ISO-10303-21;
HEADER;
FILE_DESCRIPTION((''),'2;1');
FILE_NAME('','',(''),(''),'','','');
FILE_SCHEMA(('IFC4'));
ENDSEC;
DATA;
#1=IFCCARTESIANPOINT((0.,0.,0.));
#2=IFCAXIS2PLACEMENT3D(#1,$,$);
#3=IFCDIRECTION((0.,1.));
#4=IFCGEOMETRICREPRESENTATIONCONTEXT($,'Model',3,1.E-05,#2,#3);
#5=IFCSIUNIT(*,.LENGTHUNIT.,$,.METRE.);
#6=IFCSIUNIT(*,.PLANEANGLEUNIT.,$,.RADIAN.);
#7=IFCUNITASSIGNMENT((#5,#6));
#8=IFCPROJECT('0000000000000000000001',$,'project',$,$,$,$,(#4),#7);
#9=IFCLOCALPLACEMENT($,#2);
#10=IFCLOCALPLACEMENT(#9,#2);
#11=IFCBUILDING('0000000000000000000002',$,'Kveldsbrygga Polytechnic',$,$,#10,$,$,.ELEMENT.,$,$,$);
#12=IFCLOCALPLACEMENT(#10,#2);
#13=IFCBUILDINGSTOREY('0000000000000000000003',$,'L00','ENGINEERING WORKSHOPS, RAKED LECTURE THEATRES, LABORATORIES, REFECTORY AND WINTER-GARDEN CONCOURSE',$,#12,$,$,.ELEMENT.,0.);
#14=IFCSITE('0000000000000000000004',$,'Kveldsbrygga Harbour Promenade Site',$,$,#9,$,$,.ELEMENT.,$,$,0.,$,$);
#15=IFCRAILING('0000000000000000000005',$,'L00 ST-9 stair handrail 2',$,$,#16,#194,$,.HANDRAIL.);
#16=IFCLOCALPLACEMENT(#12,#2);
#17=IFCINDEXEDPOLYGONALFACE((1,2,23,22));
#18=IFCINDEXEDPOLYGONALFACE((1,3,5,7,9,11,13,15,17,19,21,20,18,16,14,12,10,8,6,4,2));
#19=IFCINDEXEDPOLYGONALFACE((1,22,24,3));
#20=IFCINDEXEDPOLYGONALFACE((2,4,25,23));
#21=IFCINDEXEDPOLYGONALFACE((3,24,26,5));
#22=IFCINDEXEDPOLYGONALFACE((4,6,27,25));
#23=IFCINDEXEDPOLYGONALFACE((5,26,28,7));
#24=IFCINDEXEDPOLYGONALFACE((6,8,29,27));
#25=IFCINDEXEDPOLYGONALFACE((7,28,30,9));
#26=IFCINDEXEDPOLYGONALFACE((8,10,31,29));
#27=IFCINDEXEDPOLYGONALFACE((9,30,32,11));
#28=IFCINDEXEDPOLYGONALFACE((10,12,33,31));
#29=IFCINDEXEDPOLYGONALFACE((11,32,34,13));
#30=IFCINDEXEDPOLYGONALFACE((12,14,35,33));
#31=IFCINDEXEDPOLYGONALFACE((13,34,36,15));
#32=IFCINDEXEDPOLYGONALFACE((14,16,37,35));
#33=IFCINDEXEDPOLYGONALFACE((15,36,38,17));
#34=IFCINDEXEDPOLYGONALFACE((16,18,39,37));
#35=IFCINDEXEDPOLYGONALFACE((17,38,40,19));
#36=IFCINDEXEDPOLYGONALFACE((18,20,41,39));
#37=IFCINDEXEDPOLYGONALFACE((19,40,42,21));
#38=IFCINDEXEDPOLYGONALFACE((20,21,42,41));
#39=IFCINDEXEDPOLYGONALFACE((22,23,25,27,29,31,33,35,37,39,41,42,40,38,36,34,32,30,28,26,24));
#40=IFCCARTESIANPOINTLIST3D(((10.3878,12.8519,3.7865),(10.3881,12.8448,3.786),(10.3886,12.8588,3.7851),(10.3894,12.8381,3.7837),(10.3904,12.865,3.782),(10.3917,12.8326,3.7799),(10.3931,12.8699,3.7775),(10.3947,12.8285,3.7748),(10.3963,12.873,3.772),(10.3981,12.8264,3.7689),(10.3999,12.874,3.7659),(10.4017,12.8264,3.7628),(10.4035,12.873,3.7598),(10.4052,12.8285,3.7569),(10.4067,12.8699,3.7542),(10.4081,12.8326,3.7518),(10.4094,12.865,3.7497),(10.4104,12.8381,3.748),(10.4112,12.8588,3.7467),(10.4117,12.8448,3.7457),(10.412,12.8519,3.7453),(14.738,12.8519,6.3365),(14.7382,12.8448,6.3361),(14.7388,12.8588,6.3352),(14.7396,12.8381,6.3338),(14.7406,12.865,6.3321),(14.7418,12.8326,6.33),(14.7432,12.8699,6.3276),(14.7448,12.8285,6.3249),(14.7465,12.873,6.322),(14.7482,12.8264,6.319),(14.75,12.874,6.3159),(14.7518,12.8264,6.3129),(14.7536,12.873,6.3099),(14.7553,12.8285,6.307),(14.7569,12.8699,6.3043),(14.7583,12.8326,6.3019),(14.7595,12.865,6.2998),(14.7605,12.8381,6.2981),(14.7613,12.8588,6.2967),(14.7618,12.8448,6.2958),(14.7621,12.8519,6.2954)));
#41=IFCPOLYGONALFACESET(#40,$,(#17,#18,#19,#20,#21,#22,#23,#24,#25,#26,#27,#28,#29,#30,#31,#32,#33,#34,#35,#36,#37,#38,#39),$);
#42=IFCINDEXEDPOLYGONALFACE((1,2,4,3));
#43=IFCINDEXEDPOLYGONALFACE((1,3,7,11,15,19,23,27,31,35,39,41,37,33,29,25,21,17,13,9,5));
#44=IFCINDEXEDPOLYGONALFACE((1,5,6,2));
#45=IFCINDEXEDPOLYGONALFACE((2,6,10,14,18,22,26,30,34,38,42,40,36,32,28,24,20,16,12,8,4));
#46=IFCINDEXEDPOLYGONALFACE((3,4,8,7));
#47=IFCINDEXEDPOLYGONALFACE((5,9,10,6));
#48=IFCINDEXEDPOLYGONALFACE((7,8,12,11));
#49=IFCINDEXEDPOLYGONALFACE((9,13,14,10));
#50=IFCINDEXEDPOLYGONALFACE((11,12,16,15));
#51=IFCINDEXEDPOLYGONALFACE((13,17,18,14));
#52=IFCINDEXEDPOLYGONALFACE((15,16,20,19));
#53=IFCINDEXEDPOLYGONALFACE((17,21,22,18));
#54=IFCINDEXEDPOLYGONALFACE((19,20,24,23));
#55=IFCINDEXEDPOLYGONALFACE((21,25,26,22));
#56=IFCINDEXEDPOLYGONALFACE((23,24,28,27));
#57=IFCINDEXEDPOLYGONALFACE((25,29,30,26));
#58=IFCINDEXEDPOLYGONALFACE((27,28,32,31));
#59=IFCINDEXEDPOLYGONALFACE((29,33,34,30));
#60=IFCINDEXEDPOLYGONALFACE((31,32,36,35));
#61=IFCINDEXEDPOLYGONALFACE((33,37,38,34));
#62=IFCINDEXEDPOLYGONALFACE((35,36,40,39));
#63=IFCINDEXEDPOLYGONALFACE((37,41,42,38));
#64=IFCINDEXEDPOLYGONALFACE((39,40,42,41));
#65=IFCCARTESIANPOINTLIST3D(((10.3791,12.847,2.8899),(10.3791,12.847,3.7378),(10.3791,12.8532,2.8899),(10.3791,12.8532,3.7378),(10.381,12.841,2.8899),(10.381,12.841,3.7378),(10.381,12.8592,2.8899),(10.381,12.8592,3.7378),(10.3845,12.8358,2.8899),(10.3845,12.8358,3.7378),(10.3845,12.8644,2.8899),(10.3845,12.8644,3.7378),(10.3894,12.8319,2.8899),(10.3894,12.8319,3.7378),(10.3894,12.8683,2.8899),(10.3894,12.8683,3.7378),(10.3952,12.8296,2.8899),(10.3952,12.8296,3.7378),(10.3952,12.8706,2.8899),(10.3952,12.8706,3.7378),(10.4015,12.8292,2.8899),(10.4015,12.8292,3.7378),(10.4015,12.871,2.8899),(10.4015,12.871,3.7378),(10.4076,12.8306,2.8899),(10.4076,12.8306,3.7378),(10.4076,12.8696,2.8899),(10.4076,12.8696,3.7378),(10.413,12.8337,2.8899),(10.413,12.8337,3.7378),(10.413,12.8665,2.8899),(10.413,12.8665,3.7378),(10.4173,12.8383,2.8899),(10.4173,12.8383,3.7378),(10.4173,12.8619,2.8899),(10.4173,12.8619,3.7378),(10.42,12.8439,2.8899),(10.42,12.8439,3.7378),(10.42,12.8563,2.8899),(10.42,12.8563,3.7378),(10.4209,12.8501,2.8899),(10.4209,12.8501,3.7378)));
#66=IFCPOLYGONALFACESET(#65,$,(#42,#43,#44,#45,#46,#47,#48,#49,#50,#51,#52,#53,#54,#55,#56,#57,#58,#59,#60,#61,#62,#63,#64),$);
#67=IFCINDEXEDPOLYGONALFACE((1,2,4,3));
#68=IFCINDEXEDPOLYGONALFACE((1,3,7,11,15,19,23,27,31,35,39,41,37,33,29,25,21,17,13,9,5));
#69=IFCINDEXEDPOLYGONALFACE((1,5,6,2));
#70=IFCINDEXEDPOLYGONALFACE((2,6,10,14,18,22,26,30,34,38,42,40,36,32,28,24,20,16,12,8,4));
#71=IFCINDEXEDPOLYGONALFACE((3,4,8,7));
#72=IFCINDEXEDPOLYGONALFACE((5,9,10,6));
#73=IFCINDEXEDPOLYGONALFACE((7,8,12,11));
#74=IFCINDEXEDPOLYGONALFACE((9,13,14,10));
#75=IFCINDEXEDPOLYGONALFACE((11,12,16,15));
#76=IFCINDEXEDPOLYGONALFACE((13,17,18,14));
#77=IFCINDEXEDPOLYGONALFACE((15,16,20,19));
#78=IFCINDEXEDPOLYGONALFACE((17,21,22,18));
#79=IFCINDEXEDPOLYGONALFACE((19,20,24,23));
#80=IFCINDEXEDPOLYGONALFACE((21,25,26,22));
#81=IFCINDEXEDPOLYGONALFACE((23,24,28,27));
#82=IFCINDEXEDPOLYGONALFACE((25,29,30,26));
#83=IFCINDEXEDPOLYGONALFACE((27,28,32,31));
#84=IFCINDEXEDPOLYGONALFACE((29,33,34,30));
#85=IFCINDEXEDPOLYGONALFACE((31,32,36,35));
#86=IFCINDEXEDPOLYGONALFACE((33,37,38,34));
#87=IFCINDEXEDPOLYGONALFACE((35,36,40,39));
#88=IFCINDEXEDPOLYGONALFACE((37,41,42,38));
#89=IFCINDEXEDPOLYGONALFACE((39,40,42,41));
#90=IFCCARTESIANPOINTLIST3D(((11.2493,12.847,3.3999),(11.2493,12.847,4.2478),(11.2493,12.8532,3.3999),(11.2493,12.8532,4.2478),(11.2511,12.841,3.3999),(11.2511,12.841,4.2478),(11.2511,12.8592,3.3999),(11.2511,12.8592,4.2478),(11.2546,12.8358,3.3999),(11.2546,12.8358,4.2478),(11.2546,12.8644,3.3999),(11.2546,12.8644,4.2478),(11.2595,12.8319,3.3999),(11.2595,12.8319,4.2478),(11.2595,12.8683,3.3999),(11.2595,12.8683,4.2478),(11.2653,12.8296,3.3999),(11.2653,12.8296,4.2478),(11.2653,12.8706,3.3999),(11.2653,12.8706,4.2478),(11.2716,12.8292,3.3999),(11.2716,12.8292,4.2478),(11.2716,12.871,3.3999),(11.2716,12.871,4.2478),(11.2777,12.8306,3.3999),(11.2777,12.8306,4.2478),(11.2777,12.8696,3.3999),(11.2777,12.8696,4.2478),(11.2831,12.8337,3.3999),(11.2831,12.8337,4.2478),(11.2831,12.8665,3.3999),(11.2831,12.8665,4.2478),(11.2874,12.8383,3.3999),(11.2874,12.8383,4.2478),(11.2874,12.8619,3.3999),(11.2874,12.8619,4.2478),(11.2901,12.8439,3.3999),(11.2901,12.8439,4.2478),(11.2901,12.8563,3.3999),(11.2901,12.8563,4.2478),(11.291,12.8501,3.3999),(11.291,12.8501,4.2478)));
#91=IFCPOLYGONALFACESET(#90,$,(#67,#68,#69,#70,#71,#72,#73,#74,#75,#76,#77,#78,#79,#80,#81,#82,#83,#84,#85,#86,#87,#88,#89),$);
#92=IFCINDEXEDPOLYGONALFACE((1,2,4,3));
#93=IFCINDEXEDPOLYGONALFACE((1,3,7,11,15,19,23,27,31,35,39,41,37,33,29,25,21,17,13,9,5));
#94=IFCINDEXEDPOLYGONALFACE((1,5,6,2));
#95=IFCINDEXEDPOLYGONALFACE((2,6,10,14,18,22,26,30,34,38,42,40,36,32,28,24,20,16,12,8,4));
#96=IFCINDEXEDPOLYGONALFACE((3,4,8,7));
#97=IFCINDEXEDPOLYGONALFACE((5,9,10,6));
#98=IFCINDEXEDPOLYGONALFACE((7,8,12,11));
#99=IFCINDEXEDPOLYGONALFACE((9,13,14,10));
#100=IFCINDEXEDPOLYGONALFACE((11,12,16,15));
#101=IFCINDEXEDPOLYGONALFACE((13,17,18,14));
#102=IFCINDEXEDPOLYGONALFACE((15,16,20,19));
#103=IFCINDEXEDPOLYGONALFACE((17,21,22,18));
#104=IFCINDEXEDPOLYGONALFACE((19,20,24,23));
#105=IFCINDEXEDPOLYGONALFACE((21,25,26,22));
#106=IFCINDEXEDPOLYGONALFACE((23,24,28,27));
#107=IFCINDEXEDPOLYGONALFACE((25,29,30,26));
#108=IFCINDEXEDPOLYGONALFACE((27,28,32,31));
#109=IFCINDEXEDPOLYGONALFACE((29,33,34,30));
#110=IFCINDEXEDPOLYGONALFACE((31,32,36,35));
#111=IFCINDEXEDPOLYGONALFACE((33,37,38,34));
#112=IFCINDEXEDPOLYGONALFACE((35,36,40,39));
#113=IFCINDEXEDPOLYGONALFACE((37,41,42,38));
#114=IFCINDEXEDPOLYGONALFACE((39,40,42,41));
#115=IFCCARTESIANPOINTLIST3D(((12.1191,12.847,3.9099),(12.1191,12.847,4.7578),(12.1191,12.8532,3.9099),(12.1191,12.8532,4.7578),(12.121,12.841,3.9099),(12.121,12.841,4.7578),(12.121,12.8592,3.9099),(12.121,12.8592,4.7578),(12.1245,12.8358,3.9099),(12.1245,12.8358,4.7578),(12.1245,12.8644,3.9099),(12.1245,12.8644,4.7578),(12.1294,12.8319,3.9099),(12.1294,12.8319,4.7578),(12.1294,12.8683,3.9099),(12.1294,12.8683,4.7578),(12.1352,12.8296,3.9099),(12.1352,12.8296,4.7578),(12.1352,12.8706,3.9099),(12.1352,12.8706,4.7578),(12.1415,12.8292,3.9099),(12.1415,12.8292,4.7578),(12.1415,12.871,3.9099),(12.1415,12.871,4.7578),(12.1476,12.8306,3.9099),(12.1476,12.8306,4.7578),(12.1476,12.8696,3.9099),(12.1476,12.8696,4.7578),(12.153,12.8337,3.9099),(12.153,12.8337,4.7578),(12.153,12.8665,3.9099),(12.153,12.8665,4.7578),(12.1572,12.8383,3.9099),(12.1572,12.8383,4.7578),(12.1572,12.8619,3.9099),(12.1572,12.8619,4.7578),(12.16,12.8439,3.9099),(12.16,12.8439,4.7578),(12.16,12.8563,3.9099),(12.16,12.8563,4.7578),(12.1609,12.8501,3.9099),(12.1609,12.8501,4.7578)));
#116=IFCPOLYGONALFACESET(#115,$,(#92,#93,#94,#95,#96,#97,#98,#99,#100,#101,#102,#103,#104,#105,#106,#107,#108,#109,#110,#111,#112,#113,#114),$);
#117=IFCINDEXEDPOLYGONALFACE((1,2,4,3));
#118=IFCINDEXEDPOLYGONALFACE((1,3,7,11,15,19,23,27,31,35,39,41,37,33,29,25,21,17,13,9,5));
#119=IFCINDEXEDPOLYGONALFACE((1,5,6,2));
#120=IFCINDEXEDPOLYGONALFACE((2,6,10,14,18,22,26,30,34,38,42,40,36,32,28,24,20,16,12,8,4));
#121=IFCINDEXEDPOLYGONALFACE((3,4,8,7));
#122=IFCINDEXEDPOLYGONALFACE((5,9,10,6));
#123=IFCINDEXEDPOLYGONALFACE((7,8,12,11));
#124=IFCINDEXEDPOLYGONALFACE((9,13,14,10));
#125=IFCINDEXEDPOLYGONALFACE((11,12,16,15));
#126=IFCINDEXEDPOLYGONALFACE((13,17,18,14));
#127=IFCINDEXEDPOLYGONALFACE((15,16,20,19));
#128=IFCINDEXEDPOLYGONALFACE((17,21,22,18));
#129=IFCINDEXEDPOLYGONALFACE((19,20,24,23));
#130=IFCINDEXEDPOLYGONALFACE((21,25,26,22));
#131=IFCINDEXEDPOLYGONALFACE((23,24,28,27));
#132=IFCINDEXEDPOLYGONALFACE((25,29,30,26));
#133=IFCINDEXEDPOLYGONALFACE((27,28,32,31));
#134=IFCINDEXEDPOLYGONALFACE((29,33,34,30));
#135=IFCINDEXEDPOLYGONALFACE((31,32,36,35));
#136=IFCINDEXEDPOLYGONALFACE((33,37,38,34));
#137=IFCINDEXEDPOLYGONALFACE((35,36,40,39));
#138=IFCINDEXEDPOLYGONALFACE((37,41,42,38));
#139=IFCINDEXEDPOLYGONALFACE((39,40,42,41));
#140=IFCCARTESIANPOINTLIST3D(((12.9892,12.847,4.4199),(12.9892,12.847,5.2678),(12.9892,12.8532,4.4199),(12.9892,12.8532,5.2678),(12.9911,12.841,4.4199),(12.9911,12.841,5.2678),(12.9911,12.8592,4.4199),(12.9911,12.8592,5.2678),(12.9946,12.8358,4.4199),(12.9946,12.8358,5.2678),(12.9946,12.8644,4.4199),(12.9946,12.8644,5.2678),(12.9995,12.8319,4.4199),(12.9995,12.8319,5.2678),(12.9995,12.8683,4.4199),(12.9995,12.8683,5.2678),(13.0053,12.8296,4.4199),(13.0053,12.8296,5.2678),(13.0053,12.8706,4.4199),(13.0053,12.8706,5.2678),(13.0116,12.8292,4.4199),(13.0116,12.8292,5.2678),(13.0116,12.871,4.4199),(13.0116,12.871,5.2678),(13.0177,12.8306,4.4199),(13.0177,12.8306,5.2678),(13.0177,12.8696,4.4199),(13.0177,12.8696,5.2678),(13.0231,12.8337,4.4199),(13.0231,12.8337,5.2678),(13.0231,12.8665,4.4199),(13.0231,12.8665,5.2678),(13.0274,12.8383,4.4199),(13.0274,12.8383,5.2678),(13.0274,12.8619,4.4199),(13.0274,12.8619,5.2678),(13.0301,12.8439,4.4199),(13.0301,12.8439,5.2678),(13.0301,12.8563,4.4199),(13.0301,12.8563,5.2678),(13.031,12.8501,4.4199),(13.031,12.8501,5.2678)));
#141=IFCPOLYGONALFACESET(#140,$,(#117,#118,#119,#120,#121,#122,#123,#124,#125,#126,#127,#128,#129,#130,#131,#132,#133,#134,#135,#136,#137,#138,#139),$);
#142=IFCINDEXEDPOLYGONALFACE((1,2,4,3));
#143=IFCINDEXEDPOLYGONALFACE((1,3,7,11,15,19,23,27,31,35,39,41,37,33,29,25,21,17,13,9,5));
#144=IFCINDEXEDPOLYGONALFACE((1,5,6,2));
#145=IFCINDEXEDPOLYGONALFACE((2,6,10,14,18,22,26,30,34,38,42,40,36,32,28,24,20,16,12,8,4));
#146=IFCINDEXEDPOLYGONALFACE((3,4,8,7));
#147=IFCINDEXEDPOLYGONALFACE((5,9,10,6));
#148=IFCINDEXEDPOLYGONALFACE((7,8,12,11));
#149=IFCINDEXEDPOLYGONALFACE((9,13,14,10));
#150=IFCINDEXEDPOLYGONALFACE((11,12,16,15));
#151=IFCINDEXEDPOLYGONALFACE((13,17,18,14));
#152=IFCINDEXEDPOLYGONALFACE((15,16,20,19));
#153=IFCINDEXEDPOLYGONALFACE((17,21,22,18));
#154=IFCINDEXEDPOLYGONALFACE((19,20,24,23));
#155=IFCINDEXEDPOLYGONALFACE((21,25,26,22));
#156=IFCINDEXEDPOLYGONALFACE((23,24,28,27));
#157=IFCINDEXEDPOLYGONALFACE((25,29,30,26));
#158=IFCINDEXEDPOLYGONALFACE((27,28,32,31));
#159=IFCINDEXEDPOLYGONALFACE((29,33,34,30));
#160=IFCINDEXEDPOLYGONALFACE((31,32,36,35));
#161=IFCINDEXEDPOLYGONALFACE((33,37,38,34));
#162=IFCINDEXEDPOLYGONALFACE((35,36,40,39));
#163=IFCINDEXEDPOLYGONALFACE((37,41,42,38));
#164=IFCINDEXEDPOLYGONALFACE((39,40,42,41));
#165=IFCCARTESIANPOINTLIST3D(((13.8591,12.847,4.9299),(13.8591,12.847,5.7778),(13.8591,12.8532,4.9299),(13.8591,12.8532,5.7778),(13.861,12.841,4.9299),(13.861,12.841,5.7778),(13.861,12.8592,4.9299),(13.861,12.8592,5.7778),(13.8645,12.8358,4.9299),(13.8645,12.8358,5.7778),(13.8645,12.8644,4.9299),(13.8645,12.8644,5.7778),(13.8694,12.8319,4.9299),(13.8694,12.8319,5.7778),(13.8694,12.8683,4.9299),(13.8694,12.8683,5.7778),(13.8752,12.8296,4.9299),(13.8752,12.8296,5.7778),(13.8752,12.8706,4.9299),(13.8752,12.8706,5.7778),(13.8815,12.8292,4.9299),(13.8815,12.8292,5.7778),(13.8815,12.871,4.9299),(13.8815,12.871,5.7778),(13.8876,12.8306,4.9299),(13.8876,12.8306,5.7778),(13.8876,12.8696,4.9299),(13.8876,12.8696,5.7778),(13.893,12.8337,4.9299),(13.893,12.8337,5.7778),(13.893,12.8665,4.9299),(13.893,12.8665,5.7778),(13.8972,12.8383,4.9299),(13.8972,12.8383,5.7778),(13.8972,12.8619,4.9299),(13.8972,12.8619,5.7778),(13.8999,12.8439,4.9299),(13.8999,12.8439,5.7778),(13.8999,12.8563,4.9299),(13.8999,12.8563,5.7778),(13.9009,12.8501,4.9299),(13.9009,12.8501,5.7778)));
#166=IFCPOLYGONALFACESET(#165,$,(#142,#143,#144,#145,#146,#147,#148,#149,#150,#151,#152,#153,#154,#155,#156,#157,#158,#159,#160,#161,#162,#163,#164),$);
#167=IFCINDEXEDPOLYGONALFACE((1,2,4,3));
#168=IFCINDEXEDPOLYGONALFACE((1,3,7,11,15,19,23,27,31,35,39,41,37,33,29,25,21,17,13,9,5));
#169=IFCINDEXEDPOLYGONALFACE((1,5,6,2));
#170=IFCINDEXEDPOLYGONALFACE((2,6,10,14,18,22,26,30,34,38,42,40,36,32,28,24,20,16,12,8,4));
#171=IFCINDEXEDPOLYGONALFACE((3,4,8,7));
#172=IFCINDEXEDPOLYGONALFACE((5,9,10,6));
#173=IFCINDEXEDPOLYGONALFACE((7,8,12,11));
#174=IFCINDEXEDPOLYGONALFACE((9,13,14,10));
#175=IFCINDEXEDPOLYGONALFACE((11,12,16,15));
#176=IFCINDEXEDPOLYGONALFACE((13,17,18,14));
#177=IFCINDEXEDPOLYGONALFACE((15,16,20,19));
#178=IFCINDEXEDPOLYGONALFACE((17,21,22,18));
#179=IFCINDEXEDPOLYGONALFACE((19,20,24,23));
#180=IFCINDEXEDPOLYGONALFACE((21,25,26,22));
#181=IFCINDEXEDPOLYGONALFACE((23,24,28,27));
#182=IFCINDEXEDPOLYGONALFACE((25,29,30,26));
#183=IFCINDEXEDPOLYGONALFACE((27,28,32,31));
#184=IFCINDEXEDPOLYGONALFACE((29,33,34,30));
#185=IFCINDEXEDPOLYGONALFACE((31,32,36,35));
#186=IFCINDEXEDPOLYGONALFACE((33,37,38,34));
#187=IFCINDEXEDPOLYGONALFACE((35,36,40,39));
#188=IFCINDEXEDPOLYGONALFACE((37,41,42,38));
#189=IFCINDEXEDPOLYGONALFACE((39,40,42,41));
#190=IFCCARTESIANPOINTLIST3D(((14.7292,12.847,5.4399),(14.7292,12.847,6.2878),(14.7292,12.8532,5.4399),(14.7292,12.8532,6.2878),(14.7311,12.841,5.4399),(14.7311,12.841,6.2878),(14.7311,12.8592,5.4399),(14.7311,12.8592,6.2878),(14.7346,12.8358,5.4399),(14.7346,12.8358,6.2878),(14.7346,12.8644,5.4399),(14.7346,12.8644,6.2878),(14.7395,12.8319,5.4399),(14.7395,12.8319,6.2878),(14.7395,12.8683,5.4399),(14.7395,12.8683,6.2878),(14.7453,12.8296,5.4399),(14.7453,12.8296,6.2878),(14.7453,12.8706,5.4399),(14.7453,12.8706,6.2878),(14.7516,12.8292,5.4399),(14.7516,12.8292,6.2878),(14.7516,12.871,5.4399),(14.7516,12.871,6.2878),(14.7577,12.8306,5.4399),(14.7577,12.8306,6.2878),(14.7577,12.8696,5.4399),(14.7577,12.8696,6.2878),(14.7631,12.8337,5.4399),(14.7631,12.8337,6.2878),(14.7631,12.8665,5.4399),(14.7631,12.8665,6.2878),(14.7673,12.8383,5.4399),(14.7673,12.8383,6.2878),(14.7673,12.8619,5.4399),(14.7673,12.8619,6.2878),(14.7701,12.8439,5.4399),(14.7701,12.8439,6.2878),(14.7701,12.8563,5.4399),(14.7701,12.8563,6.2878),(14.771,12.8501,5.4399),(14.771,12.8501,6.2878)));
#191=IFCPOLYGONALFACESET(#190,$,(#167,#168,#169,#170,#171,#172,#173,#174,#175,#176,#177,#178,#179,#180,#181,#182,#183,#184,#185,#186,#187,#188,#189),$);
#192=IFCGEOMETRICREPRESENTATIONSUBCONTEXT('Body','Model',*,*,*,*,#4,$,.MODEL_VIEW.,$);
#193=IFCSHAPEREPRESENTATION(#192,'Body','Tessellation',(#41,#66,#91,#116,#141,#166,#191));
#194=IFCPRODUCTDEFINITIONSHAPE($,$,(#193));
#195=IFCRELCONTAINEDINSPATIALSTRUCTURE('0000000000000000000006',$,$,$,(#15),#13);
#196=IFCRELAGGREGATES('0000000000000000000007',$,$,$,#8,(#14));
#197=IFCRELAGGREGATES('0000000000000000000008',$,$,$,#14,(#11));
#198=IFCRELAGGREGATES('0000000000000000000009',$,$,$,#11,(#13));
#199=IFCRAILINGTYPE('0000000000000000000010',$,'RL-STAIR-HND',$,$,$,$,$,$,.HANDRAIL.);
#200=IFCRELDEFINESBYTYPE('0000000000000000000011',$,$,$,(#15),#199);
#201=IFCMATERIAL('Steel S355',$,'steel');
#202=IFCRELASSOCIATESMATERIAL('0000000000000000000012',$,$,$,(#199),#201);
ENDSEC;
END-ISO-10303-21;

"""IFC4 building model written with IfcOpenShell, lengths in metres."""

from ifc_helpers import new_model, si_unit, direction, frame, origin, origin_2d, place, context, subcontext, project, spatial, circle, extrude, material, type_object, element, save


model = new_model("IFC4")

# Units and contexts
model_context = context("Model", 3, precision=1e-05, world=origin(), true_north=direction((0.0, 1.0)))
body_context = subcontext(model_context, "Body", "Model", "MODEL_VIEW")
ifc_project = project(units=[si_unit("LENGTHUNIT", "METRE"), si_unit("PLANEANGLEUNIT", "RADIAN")], contexts=[model_context])

# Site, building, storey
site_placement = place(None, origin())
site = spatial("IfcSite", under=ifc_project, at=site_placement, Name="Kveldsbrygga Harbour Promenade Site", CompositionType="ELEMENT", RefElevation=0.0)
building_placement = place(site_placement, origin())
building = spatial("IfcBuilding", under=site, at=building_placement, Name="Kveldsbrygga Polytechnic", CompositionType="ELEMENT")
storey_placement = place(building_placement, origin())
storey = spatial("IfcBuildingStorey", under=building, at=storey_placement, Name="L00", Description="ENGINEERING WORKSHOPS, RAKED LECTURE THEATRES, LABORATORIES, REFECTORY AND WINTER-GARDEN CONCOURSE", CompositionType="ELEMENT", Elevation=0.0)

# Railing
ifc_material_1 = material(Name="Steel S355", Category="steel")
railing_type_1 = type_object("IfcRailingType", Name="RL-STAIR-HND", PredefinedType="HANDRAIL", material=ifc_material_1)
railing_1_placement = place(storey_placement, frame((10.3999, 12.8501, 2.8899)))
element("IfcRailing", 1, at=railing_1_placement, inside=storey, type_object=railing_type_1, Name="L00 ST-9 stair handrail 2", PredefinedType="HANDRAIL", context=body_context, shape_type="SweptSolid", body=[
    extrude(circle(Radius=0.0239, at=origin_2d()), frame((0.0, 0.0, 0.876), z_axis=(0.862699, 0.0, 0.505718), x_axis=(0.0, 1.0, 0.0)), (0.0, 0.0, 1.0), 5.0425),
    extrude(circle(Radius=0.021, at=origin_2d()), origin(), (0.0, 0.0, 1.0), 0.8479),
    extrude(circle(Radius=0.021, at=origin_2d()), frame((0.8701, 0.0, 0.51)), (0.0, 0.0, 1.0), 0.8479),
    extrude(circle(Radius=0.021, at=origin_2d()), frame((1.74, 0.0, 1.02)), (0.0, 0.0, 1.0), 0.8479),
    extrude(circle(Radius=0.021, at=origin_2d()), frame((2.6101, 0.0, 1.53)), (0.0, 0.0, 1.0), 0.8479),
    extrude(circle(Radius=0.021, at=origin_2d()), frame((3.48, 0.0, 2.04)), (0.0, 0.0, 1.0), 0.8479),
    extrude(circle(Radius=0.021, at=origin_2d()), frame((4.3501, 0.0, 2.55)), (0.0, 0.0, 1.0), 0.8479),
])

save(model, "model.ifc")
